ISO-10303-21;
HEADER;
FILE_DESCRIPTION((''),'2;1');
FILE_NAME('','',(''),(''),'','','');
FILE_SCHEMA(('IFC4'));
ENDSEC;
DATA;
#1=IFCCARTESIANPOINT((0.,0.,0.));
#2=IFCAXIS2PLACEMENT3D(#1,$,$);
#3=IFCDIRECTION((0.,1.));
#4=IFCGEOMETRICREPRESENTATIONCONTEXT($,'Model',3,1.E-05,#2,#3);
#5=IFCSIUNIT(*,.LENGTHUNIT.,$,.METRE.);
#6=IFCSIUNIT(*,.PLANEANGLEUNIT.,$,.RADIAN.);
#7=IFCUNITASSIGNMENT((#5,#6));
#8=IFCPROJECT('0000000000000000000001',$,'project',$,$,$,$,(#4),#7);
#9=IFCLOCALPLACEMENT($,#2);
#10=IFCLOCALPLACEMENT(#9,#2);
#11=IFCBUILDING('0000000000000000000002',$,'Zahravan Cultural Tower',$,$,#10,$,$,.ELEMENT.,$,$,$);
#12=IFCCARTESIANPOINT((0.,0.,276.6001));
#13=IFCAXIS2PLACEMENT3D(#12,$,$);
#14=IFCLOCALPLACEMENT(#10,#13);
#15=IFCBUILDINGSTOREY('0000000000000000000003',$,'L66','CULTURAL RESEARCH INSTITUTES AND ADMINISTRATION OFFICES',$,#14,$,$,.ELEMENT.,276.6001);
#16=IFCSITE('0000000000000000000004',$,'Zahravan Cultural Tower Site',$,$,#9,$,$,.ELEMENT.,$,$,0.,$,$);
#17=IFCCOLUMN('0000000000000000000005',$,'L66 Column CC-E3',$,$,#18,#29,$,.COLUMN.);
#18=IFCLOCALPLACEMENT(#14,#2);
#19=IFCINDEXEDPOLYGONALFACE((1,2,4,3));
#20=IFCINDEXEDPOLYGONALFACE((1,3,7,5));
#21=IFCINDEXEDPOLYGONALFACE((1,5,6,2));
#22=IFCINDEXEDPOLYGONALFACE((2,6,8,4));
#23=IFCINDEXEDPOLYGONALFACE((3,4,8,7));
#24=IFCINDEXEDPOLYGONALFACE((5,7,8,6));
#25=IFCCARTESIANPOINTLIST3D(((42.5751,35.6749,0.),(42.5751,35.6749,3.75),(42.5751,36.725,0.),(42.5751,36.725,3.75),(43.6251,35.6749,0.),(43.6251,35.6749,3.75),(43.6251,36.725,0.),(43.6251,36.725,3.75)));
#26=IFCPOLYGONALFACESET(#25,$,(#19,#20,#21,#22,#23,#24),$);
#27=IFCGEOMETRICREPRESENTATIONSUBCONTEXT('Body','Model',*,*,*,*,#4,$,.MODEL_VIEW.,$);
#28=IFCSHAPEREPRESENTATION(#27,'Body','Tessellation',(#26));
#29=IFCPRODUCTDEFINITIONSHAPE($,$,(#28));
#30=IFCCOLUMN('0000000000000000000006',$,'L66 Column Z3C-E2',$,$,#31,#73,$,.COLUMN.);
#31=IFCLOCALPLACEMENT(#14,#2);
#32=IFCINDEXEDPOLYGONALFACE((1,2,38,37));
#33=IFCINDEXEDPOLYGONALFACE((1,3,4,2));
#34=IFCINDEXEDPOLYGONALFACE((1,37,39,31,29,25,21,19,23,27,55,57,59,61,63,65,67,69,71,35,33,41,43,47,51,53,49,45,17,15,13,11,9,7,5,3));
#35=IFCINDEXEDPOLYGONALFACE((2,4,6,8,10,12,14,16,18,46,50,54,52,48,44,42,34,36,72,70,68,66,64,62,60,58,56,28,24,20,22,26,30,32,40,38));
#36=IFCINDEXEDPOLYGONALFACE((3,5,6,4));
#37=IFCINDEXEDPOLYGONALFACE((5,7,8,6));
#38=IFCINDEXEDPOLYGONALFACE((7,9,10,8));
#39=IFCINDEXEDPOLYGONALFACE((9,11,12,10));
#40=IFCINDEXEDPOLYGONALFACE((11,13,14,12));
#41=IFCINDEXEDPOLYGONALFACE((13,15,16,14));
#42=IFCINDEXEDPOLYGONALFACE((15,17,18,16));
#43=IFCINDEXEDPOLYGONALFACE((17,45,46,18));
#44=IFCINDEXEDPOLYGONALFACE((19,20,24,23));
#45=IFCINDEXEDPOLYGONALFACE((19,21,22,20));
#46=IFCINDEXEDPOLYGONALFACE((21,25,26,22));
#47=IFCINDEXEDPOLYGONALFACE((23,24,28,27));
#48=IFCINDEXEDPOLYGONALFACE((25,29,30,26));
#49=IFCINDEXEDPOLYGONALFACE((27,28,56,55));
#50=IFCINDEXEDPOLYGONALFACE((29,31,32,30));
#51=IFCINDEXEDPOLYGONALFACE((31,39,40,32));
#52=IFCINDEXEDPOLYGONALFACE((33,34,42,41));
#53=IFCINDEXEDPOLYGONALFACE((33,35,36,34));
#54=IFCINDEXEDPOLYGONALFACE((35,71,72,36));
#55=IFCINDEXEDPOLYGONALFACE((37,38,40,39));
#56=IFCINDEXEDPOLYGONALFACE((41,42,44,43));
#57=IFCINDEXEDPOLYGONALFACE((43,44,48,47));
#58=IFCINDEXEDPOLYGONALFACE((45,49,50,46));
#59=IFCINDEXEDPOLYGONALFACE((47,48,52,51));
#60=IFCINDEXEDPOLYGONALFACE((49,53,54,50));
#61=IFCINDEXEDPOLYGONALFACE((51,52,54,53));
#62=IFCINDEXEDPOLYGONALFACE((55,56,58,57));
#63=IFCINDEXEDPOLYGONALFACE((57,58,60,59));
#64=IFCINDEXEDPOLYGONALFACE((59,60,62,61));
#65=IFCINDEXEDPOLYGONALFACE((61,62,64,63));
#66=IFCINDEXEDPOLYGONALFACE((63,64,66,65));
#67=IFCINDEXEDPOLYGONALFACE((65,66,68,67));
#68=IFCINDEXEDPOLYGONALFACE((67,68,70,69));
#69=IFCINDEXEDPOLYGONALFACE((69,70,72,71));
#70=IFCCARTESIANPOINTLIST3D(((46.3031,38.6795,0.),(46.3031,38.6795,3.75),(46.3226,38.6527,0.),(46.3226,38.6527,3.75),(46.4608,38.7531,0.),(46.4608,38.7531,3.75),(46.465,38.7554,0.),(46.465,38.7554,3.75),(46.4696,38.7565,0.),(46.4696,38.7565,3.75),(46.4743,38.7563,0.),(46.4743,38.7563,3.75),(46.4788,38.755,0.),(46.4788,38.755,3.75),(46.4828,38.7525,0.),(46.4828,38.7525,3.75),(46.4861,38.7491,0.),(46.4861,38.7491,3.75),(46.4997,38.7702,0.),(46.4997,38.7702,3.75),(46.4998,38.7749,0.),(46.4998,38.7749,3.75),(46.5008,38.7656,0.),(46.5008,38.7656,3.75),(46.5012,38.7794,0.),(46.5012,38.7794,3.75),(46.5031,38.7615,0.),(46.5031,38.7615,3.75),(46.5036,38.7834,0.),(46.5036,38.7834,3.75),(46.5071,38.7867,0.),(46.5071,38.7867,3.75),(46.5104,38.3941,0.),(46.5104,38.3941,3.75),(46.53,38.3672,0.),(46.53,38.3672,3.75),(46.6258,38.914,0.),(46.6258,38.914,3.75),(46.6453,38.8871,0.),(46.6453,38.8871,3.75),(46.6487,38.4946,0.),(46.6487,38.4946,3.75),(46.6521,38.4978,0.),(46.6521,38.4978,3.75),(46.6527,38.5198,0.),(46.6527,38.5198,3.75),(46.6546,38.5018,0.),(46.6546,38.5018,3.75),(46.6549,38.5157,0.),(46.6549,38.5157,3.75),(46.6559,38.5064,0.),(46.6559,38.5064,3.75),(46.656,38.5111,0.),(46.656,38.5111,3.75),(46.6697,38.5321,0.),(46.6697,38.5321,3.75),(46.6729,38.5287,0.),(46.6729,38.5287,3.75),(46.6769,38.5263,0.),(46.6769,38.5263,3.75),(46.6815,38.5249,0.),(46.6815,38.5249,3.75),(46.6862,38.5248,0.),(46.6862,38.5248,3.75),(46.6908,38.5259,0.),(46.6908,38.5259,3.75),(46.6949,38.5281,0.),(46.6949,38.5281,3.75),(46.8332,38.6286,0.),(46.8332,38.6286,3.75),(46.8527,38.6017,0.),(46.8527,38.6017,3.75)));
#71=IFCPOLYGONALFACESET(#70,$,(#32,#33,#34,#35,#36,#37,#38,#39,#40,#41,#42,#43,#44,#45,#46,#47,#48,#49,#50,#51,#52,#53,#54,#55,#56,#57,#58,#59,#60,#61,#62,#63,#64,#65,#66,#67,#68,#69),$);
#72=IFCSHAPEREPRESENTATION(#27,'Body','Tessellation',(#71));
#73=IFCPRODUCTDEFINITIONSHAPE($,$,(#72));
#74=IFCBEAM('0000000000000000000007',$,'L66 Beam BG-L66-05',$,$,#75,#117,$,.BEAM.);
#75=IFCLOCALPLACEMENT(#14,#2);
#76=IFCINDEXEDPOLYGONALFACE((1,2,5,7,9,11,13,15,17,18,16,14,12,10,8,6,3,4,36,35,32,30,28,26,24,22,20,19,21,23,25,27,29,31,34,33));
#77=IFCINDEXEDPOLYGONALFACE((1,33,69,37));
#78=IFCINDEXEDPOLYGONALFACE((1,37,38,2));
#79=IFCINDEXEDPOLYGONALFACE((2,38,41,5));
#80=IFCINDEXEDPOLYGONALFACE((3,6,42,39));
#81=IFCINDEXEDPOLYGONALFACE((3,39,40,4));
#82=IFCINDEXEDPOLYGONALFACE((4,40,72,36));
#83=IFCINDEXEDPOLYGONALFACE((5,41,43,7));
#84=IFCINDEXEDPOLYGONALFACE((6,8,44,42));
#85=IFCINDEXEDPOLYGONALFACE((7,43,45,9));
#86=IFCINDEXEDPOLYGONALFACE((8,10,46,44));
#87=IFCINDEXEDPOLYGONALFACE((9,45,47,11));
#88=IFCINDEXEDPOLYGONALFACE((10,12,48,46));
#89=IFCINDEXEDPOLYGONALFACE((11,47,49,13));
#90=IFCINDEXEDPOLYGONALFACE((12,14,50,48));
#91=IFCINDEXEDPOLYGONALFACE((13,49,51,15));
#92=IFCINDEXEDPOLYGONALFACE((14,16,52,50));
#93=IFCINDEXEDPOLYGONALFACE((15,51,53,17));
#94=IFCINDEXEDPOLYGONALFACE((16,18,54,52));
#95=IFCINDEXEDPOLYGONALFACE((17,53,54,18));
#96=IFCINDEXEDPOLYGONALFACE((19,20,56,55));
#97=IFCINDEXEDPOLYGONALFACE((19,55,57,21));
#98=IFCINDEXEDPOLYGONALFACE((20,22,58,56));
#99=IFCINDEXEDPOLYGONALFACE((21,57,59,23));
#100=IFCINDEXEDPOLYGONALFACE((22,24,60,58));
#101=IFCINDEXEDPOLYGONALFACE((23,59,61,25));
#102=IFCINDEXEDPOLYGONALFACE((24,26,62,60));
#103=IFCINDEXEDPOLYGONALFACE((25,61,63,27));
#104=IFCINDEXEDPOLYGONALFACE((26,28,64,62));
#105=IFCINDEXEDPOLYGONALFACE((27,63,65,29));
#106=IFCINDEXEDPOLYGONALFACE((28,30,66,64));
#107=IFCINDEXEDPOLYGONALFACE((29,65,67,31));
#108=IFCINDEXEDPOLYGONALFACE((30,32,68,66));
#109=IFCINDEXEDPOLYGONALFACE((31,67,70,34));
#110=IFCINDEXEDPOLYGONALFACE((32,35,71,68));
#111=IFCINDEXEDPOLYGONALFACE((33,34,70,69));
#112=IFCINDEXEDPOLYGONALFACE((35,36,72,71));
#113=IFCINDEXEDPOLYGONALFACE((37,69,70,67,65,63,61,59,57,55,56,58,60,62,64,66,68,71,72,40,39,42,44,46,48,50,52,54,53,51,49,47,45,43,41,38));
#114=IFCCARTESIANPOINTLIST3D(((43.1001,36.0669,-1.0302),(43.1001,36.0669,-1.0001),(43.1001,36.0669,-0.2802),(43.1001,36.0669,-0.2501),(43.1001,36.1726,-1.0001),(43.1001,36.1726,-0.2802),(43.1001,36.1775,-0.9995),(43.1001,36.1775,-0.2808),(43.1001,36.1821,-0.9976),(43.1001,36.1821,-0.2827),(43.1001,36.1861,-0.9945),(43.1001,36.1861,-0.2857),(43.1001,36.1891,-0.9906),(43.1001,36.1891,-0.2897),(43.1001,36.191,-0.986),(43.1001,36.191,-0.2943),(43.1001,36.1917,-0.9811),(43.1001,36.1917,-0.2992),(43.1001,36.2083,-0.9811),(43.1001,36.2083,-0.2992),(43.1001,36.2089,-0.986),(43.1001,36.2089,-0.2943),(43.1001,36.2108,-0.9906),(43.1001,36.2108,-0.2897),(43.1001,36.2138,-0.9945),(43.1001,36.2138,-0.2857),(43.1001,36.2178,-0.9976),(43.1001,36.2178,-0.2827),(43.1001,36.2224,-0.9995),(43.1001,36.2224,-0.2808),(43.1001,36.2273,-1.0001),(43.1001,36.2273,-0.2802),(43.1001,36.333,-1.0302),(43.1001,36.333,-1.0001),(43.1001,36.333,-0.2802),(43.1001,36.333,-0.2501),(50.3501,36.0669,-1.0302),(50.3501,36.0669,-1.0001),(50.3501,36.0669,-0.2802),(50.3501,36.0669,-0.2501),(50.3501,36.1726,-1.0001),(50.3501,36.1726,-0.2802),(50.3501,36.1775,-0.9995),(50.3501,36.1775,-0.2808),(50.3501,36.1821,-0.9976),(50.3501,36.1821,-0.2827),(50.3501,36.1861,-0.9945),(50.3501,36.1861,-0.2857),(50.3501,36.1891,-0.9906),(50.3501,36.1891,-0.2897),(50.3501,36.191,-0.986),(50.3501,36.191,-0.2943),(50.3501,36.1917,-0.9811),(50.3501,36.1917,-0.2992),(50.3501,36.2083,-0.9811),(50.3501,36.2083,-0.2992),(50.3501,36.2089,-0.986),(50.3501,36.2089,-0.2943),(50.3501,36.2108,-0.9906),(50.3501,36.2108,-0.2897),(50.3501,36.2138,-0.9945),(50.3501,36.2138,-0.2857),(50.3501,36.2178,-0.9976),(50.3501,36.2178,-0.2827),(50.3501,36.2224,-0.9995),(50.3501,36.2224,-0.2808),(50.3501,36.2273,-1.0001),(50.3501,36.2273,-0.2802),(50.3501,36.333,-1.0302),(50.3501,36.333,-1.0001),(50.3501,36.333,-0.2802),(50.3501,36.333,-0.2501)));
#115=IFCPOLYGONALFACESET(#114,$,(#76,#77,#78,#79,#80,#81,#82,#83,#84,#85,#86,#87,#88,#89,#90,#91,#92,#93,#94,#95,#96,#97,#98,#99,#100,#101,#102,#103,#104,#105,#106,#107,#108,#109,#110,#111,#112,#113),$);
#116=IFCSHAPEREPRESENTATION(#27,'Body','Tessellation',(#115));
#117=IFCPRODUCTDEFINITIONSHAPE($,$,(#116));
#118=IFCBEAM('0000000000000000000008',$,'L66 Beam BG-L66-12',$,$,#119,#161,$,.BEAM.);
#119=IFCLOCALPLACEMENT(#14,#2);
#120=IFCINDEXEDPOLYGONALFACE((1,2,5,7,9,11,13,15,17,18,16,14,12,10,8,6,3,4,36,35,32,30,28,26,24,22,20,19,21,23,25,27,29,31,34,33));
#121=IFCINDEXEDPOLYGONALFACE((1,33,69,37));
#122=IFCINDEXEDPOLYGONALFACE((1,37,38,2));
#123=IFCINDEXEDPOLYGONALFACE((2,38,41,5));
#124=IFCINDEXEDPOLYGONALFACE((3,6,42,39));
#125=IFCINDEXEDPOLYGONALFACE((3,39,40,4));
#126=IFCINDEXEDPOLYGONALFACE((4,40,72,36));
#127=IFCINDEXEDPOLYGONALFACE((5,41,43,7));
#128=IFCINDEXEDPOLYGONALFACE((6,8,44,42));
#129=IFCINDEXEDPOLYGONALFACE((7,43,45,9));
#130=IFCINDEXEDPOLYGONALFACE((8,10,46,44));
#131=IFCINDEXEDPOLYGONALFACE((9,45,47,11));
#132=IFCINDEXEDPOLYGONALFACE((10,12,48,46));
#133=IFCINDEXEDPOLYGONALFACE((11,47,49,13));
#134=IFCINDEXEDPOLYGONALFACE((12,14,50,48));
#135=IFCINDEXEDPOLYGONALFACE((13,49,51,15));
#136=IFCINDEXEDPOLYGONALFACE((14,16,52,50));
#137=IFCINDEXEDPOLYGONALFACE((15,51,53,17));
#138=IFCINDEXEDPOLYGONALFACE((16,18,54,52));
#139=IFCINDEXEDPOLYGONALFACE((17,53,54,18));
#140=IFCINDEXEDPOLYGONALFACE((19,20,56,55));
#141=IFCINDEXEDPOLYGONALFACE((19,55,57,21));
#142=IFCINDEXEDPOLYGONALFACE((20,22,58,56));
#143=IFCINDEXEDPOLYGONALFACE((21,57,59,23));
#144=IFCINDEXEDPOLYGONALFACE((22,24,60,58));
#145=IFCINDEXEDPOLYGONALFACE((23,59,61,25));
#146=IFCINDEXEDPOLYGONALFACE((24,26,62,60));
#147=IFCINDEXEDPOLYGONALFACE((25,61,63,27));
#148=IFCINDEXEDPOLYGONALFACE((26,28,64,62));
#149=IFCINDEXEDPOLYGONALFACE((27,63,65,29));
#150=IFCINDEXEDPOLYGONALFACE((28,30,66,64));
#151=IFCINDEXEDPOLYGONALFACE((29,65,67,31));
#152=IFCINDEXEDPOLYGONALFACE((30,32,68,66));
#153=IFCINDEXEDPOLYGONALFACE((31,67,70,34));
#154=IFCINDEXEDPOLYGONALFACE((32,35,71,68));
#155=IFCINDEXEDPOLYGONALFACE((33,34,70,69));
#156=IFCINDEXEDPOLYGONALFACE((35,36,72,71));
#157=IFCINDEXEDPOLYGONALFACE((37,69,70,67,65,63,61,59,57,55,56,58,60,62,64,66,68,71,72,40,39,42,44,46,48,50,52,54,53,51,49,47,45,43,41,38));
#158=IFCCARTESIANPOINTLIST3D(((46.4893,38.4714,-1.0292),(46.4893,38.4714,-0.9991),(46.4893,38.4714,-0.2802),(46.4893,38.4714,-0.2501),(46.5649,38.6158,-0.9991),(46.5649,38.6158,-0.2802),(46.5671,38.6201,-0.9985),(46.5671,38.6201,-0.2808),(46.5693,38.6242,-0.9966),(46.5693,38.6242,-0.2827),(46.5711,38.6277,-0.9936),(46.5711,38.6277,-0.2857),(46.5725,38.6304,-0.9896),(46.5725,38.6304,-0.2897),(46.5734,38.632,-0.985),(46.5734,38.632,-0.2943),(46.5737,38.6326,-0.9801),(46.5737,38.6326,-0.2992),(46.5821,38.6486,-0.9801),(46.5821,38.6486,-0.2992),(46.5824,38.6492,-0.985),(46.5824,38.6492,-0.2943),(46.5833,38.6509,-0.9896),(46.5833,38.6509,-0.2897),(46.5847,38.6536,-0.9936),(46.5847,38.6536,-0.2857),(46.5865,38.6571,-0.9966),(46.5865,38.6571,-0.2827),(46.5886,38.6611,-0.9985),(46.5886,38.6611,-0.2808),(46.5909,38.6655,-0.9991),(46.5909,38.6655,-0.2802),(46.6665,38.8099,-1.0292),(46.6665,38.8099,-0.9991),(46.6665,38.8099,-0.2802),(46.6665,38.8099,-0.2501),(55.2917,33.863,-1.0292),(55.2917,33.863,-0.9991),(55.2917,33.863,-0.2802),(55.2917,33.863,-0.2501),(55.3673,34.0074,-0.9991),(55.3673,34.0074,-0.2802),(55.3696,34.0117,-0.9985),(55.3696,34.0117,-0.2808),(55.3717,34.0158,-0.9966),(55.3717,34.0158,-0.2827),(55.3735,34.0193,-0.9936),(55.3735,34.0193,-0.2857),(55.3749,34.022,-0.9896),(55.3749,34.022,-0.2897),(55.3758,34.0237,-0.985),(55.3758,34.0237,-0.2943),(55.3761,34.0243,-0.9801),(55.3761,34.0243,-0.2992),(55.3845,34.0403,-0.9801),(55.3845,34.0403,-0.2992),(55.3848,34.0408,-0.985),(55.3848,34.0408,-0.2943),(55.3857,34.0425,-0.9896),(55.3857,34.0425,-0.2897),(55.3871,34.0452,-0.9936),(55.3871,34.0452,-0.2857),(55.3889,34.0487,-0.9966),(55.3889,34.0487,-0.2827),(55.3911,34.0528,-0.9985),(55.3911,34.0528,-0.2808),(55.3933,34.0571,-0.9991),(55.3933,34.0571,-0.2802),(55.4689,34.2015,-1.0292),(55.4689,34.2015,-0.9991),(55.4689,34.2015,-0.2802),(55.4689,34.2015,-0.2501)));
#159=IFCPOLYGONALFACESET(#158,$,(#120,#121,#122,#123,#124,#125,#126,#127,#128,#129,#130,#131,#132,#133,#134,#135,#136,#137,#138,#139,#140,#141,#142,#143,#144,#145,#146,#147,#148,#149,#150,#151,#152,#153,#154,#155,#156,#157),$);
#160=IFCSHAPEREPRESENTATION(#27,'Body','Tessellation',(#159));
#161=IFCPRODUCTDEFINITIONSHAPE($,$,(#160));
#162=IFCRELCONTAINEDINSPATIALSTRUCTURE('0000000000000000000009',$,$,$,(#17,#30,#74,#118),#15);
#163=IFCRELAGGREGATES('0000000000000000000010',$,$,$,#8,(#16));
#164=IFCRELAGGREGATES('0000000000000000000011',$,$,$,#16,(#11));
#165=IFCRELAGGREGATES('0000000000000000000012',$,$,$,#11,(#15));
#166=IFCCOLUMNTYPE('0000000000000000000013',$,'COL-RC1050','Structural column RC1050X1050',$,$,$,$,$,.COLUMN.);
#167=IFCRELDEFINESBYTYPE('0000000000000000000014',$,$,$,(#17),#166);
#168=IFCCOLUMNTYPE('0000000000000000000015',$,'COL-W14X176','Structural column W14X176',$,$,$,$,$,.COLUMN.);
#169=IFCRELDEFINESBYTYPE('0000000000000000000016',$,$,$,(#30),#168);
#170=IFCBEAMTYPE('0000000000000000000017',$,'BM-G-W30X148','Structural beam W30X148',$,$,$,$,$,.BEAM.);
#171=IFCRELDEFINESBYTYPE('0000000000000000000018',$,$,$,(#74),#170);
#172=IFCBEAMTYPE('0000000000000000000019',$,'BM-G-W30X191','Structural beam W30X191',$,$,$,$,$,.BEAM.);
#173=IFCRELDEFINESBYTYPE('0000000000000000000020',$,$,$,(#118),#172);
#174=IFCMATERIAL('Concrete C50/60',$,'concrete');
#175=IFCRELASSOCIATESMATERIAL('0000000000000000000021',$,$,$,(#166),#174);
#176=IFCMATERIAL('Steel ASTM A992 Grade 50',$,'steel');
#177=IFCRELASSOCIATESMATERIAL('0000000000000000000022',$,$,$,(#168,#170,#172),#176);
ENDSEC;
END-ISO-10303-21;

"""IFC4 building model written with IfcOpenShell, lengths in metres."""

from ifc_helpers import new_model, si_unit, direction, frame, origin, origin_2d, place, context, subcontext, project, spatial, rectangle, i_section, extrude, source, transform, mapped, material, material_profile, profile_set, type_object, element, save


model = new_model("IFC4")

# Units and contexts
model_context = context("Model", 3, precision=1e-05, world=origin(), true_north=direction((0.0, 1.0)))
body_context = subcontext(model_context, "Body", "Model", "MODEL_VIEW")
ifc_project = project(units=[si_unit("LENGTHUNIT", "METRE"), si_unit("PLANEANGLEUNIT", "RADIAN")], contexts=[model_context])

# Site, building, storey
site_placement = place(None, origin())
site = spatial("IfcSite", under=ifc_project, at=site_placement, Name="Zahravan Cultural Tower Site", CompositionType="ELEMENT", RefElevation=0.0)
building_placement = place(site_placement, origin())
building = spatial("IfcBuilding", under=site, at=building_placement, Name="Zahravan Cultural Tower", CompositionType="ELEMENT")
storey_placement = place(building_placement, frame((0.0, 0.0, 276.6001)))
storey = spatial("IfcBuildingStorey", under=building, at=storey_placement, Name="L66", Description="CULTURAL RESEARCH INSTITUTES AND ADMINISTRATION OFFICES", CompositionType="ELEMENT", Elevation=276.6001)

# Columns
ifc_material_1 = material(Name="Concrete C50/60", Category="concrete")
ifc_material_profile_1 = material_profile(ifc_material_1, rectangle(XDim=1.05, YDim=1.05, at=origin_2d()), Name="RC1050X1050")
ifc_profile_set_1 = profile_set([ifc_material_profile_1], Name="Concrete C50/60")
column_type_1 = type_object("IfcColumnType", Name="COL-RC1050", Description="Structural column RC1050X1050", PredefinedType="COLUMN", material=ifc_profile_set_1)
shared_shape_1 = source(origin(), body_context, "Body", "SweptSolid", [
    extrude(rectangle(XDim=1.05, YDim=1.05, at=origin_2d()), origin(), (0.0, 0.0, 1.0), 3.75),
])
column_1_placement = place(storey_placement, frame((43.1001, 36.2, 0.0), z_axis=(0.0, 0.0, 1.0), x_axis=(1.0, 0.0, 0.0)))
element("IfcColumn", 1, at=column_1_placement, inside=storey, type_object=column_type_1, Name="L66 Column CC-E3", PredefinedType="COLUMN", context=body_context, shape_type="MappedRepresentation", body=[
    mapped(shared_shape_1, transform((0.0, 0.0, 0.0), x_axis=(1.0, 0.0, 0.0), y_axis=(0.0, 1.0, 0.0), z_axis=(0.0, 0.0, 1.0), scale=1.0)),
])
ifc_material_2 = material(Name="Steel ASTM A992 Grade 50", Category="steel")
ifc_material_profile_2 = material_profile(ifc_material_2, i_section(OverallWidth=0.3989, OverallDepth=0.386, WebThickness=0.021, FlangeThickness=0.0332, FilletRadius=0.0181, at=origin_2d()), Name="W14X176")
ifc_profile_set_2 = profile_set([ifc_material_profile_2], Name="Steel ASTM A992 Grade 50")
column_type_2 = type_object("IfcColumnType", Name="COL-W14X176", Description="Structural column W14X176", PredefinedType="COLUMN", material=ifc_profile_set_2)
shared_shape_2 = source(origin(), body_context, "Body", "SweptSolid", [
    extrude(i_section(OverallWidth=0.3989, OverallDepth=0.386, WebThickness=0.021, FlangeThickness=0.0332, FilletRadius=0.0181, at=origin_2d()), origin(), (0.0, 0.0, 1.0), 3.75),
])
column_2_placement = place(storey_placement, frame((46.5779, 38.6406, 0.0), z_axis=(0.0, 0.0, 1.0), x_axis=(0.809017, 0.587785, 0.0)))
element("IfcColumn", 2, at=column_2_placement, inside=storey, type_object=column_type_2, Name="L66 Column Z3C-E2", PredefinedType="COLUMN", context=body_context, shape_type="MappedRepresentation", body=[
    mapped(shared_shape_2, transform((0.0, 0.0, 0.0), x_axis=(1.0, 0.0, 0.0), y_axis=(0.0, 1.0, 0.0), z_axis=(0.0, 0.0, 1.0), scale=1.0)),
])

# Beams
ifc_material_profile_3 = material_profile(ifc_material_2, i_section(OverallWidth=0.2661, OverallDepth=0.78, WebThickness=0.0166, FlangeThickness=0.03, FilletRadius=0.019, at=origin_2d()), Name="W30X148")
ifc_profile_set_3 = profile_set([ifc_material_profile_3], Name="Steel ASTM A992 Grade 50")
beam_type_1 = type_object("IfcBeamType", Name="BM-G-W30X148", Description="Structural beam W30X148", PredefinedType="BEAM", material=ifc_profile_set_3)
shared_shape_3 = source(origin(), body_context, "Body", "SweptSolid", [
    extrude(i_section(OverallWidth=0.2661, OverallDepth=0.78, WebThickness=0.0166, FlangeThickness=0.03, FilletRadius=0.019, at=origin_2d()), origin(), (0.0, 0.0, 1.0), 7.25),
])
beam_1_placement = place(storey_placement, frame((43.1001, 36.2, -0.6401), z_axis=(1.0, 0.0, 0.0), x_axis=(0.0, 1.0, 0.0)))
element("IfcBeam", 3, at=beam_1_placement, inside=storey, type_object=beam_type_1, Name="L66 Beam BG-L66-05", PredefinedType="BEAM", context=body_context, shape_type="MappedRepresentation", body=[
    mapped(shared_shape_3, transform((0.0, 0.0, 0.0), x_axis=(1.0, 0.0, 0.0), y_axis=(0.0, 1.0, 0.0), z_axis=(0.0, 0.0, 1.0), scale=1.0)),
])
ifc_material_profile_4 = material_profile(ifc_material_2, i_section(OverallWidth=0.3821, OverallDepth=0.7791, WebThickness=0.0181, FlangeThickness=0.03, FilletRadius=0.019, at=origin_2d()), Name="W30X191")
ifc_profile_set_4 = profile_set([ifc_material_profile_4], Name="Steel ASTM A992 Grade 50")
beam_type_2 = type_object("IfcBeamType", Name="BM-G-W30X191", Description="Structural beam W30X191", PredefinedType="BEAM", material=ifc_profile_set_4)
shared_shape_4 = source(origin(), body_context, "Body", "SweptSolid", [
    extrude(i_section(OverallWidth=0.3821, OverallDepth=0.7791, WebThickness=0.0181, FlangeThickness=0.03, FilletRadius=0.019, at=origin_2d()), origin(), (0.0, 0.0, 1.0), 9.9358),
])
beam_2_placement = place(storey_placement, frame((46.5779, 38.6406, -0.6396), z_axis=(0.885932, -0.463815, 0.0), x_axis=(0.463815, 0.885932, 0.0)))
element("IfcBeam", 4, at=beam_2_placement, inside=storey, type_object=beam_type_2, Name="L66 Beam BG-L66-12", PredefinedType="BEAM", context=body_context, shape_type="MappedRepresentation", body=[
    mapped(shared_shape_4, transform((0.0, 0.0, 0.0), x_axis=(1.0, 0.0, 0.0), y_axis=(0.0, 1.0, 0.0), z_axis=(0.0, 0.0, 1.0), scale=1.0)),
])

save(model, "model.ifc")
